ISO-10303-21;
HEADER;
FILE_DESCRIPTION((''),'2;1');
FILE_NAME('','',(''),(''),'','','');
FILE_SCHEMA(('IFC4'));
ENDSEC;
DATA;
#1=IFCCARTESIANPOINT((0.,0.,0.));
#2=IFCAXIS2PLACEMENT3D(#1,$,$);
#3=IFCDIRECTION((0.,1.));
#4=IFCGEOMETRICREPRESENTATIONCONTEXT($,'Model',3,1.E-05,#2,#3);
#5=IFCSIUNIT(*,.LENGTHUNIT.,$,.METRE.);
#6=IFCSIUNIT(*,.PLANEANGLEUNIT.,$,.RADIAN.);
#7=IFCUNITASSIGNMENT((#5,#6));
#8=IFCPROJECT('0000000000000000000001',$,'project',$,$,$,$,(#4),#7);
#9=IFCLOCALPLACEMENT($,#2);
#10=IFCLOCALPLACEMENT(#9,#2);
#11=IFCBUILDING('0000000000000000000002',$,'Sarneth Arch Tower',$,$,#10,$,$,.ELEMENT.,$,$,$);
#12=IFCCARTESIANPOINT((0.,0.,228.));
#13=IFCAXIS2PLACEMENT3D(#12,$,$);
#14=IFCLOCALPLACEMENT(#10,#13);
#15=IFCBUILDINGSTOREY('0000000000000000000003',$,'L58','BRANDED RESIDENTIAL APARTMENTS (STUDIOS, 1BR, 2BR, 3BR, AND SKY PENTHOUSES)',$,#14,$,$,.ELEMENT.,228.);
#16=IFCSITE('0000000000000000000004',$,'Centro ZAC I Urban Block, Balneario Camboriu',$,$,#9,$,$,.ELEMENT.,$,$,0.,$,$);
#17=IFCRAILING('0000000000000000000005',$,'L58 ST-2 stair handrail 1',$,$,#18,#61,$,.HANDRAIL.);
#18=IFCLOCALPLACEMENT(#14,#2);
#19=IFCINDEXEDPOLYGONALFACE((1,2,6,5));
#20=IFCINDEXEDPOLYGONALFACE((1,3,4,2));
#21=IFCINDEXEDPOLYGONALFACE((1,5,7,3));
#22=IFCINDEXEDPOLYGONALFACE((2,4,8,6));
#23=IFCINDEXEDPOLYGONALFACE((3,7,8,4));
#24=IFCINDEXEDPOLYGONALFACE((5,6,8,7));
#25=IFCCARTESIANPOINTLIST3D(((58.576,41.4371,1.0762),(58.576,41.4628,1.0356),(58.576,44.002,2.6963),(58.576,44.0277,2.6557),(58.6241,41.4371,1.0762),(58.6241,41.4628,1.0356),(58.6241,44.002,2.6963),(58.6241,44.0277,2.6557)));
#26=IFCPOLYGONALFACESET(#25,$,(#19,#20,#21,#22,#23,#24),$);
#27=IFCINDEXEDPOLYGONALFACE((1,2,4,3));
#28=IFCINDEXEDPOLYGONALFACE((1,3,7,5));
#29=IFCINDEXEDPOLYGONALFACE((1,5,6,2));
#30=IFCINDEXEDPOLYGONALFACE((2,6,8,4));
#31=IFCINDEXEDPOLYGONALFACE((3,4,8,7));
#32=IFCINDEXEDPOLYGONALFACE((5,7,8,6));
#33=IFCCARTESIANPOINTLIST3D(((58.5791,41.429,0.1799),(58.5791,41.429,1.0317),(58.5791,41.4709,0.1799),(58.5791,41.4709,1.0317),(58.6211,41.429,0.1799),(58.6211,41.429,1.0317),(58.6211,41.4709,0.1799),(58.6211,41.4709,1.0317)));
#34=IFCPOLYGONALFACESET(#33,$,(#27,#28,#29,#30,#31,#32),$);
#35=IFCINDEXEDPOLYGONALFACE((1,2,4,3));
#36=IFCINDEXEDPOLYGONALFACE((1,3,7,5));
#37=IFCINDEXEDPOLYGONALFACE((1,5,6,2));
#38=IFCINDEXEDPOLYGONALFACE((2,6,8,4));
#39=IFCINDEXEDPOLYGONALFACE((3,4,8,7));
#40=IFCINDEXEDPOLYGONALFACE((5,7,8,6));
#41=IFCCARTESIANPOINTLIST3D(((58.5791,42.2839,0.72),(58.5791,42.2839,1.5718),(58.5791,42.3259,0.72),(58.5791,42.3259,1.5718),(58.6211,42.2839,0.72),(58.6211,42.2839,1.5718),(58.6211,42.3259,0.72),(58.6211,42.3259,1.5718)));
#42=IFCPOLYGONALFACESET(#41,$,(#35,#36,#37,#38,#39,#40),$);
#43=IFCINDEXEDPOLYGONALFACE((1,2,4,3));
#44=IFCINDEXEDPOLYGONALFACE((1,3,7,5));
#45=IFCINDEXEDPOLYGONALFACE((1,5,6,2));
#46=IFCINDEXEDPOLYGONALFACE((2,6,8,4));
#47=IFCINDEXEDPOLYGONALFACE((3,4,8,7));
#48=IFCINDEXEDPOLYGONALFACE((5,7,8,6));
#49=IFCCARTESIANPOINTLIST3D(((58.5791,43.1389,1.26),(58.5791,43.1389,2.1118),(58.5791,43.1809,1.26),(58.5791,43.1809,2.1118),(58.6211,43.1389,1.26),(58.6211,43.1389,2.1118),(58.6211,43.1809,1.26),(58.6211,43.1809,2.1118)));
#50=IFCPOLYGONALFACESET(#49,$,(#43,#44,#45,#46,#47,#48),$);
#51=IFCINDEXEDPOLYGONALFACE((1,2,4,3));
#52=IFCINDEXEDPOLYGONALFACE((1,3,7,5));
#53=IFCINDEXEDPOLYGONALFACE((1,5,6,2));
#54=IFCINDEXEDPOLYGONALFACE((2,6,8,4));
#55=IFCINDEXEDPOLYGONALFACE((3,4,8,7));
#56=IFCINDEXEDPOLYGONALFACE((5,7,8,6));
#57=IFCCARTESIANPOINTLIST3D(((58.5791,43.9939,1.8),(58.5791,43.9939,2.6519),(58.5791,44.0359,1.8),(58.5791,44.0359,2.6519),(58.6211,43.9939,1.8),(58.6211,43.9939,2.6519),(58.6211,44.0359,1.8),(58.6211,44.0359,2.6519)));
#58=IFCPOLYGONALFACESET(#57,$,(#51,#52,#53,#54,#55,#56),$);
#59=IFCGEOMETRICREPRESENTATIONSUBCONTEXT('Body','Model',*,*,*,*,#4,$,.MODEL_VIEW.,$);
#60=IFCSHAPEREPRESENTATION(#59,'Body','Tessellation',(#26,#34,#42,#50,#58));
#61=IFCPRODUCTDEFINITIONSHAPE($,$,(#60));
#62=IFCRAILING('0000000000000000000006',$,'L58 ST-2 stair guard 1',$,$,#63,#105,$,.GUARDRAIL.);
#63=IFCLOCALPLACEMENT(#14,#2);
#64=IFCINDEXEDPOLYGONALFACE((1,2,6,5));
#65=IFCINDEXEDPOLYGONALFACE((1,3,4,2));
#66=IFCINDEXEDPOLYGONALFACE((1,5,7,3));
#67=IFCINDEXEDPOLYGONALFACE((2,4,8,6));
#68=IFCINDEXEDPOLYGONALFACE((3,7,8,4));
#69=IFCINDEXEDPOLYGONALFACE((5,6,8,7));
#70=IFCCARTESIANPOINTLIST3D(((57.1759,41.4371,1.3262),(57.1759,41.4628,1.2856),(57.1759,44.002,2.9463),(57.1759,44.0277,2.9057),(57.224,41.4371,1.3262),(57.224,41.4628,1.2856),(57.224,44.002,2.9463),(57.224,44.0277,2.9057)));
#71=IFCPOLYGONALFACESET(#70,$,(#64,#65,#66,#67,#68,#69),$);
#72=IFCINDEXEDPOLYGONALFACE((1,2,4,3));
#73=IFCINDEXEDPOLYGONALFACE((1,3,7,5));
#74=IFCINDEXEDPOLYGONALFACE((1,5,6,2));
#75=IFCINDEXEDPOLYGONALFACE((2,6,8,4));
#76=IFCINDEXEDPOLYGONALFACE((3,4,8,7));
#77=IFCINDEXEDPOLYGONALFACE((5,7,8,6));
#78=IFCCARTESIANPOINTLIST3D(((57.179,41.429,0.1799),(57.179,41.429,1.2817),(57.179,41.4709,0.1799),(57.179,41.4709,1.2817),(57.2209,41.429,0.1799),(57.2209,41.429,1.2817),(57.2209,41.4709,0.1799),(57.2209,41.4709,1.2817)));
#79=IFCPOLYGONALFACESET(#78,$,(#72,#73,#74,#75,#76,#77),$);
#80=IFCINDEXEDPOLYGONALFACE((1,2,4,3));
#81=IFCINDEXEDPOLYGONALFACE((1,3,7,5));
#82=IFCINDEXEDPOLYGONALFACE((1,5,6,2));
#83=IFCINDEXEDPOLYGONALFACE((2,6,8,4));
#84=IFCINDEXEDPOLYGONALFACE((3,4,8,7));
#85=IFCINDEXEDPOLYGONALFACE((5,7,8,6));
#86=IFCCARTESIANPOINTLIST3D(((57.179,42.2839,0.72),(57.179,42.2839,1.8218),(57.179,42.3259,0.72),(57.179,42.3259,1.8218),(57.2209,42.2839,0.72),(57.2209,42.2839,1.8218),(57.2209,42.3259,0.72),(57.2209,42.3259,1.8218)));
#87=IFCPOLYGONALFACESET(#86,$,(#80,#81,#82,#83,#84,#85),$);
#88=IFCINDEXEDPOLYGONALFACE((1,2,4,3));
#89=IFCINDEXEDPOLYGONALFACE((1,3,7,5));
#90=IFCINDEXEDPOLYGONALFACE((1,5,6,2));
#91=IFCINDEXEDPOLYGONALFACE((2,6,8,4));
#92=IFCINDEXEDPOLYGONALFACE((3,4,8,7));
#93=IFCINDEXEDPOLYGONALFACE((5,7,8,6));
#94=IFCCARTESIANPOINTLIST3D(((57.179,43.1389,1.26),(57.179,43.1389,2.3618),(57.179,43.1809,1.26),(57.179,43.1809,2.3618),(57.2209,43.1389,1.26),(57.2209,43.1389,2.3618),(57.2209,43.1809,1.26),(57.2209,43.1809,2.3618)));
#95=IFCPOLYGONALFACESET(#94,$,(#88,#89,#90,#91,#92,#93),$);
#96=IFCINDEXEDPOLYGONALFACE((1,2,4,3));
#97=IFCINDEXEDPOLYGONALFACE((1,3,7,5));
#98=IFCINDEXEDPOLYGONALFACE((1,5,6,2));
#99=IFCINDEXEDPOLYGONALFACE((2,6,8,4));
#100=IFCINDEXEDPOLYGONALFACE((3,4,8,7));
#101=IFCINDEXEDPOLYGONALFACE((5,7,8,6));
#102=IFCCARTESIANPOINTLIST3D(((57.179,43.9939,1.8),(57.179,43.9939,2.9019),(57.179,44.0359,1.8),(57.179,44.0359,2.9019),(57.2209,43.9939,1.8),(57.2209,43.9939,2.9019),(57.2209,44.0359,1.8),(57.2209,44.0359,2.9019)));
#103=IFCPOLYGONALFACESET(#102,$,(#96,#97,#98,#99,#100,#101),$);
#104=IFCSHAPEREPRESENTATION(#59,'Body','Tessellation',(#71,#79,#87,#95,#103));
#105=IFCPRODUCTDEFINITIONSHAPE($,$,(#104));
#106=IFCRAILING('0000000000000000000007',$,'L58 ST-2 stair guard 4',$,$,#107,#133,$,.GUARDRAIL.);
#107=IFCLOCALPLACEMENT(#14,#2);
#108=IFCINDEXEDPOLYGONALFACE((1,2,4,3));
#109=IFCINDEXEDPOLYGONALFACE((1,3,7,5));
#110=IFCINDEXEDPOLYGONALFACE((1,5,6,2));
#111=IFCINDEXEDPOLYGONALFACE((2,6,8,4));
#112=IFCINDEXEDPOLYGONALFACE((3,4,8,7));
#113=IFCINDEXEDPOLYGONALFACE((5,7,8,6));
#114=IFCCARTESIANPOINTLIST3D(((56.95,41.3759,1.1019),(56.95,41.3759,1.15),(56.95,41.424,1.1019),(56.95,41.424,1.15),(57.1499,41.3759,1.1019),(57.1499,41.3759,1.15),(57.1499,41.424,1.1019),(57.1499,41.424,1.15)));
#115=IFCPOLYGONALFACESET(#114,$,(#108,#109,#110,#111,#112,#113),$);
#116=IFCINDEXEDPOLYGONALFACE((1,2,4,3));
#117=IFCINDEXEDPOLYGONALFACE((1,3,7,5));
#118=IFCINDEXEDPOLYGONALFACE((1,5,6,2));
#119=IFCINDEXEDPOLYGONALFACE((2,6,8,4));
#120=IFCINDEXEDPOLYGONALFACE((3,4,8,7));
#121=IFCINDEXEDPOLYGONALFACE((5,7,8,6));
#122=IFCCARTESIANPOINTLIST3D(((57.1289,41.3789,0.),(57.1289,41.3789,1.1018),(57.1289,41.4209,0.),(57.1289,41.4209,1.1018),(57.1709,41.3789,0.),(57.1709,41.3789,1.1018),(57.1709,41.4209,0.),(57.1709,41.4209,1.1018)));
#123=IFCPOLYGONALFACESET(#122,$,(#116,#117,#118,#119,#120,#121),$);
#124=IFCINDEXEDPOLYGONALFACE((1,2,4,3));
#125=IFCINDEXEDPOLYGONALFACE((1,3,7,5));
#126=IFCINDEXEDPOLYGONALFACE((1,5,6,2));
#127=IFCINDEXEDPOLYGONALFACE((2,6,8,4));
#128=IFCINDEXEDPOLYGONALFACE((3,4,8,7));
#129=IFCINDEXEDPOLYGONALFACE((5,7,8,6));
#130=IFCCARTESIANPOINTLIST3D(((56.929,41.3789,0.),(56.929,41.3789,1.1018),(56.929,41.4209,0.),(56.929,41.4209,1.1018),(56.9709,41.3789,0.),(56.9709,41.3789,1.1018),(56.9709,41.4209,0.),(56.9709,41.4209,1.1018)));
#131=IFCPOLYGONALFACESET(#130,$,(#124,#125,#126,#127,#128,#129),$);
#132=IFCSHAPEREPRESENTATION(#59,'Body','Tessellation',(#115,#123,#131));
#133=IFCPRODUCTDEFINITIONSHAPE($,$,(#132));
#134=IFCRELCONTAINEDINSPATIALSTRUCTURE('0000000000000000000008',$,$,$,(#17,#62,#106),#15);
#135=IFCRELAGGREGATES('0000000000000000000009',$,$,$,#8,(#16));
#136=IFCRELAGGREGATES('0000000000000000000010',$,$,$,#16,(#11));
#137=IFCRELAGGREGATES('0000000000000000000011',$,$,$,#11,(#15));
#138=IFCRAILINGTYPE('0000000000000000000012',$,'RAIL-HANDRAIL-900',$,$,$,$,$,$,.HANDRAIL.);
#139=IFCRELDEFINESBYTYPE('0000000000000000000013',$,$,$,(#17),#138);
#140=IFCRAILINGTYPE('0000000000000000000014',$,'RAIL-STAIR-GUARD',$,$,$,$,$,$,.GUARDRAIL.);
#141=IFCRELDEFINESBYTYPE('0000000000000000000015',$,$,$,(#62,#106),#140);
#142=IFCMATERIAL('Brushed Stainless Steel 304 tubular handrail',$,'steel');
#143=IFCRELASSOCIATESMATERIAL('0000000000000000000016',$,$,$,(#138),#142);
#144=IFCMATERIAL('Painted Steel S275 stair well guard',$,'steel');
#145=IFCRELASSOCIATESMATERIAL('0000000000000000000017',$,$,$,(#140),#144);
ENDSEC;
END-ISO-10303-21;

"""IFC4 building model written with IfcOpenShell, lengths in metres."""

from ifc_helpers import new_model, si_unit, direction, frame, origin, origin_2d, place, context, subcontext, project, spatial, rectangle, extrude, material, type_object, element, save


model = new_model("IFC4")

# Units and contexts
model_context = context("Model", 3, precision=1e-05, world=origin(), true_north=direction((0.0, 1.0)))
body_context = subcontext(model_context, "Body", "Model", "MODEL_VIEW")
ifc_project = project(units=[si_unit("LENGTHUNIT", "METRE"), si_unit("PLANEANGLEUNIT", "RADIAN")], contexts=[model_context])

# Site, building, storey
site_placement = place(None, origin())
site = spatial("IfcSite", under=ifc_project, at=site_placement, Name="Centro ZAC I Urban Block, Balneario Camboriu", CompositionType="ELEMENT", RefElevation=0.0)
building_placement = place(site_placement, origin())
building = spatial("IfcBuilding", under=site, at=building_placement, Name="Sarneth Arch Tower", CompositionType="ELEMENT")
storey_placement = place(building_placement, frame((0.0, 0.0, 228.0)))
storey = spatial("IfcBuildingStorey", under=building, at=storey_placement, Name="L58", Description="BRANDED RESIDENTIAL APARTMENTS (STUDIOS, 1BR, 2BR, 3BR, AND SKY PENTHOUSES)", CompositionType="ELEMENT", Elevation=228.0)

# Railings
ifc_material_1 = material(Name="Brushed Stainless Steel 304 tubular handrail", Category="steel")
railing_type_1 = type_object("IfcRailingType", Name="RAIL-HANDRAIL-900", PredefinedType="HANDRAIL", material=ifc_material_1)
railing_1_placement = place(storey_placement, frame((58.6001, 41.45, 0.1799)))
element("IfcRailing", 1, at=railing_1_placement, inside=storey, type_object=railing_type_1, Name="L58 ST-2 stair handrail 1", PredefinedType="HANDRAIL", context=body_context, shape_type="SweptSolid", body=[
    extrude(rectangle(XDim=0.0481, YDim=0.0481, at=origin_2d()), frame((0.0, 0.0, 0.876), z_axis=(0.0, 0.845466, 0.534029), x_axis=(-1.0, 0.0, 0.0)), (0.0, 0.0, 1.0), 3.0337),
    extrude(rectangle(XDim=0.042, YDim=0.042, at=origin_2d()), origin(), (0.0, 0.0, 1.0), 0.8518),
    extrude(rectangle(XDim=0.042, YDim=0.042, at=origin_2d()), frame((0.0, 0.855, 0.54)), (0.0, 0.0, 1.0), 0.8518),
    extrude(rectangle(XDim=0.042, YDim=0.042, at=origin_2d()), frame((0.0, 1.71, 1.0801)), (0.0, 0.0, 1.0), 0.8518),
    extrude(rectangle(XDim=0.042, YDim=0.042, at=origin_2d()), frame((0.0, 2.5649, 1.6201)), (0.0, 0.0, 1.0), 0.8518),
])
ifc_material_2 = material(Name="Painted Steel S275 stair well guard", Category="steel")
railing_type_2 = type_object("IfcRailingType", Name="RAIL-STAIR-GUARD", PredefinedType="GUARDRAIL", material=ifc_material_2)
railing_2_placement = place(storey_placement, frame((57.2, 41.45, 0.1799)))
element("IfcRailing", 2, at=railing_2_placement, inside=storey, type_object=railing_type_2, Name="L58 ST-2 stair guard 1", PredefinedType="GUARDRAIL", context=body_context, shape_type="SweptSolid", body=[
    extrude(rectangle(XDim=0.0481, YDim=0.0481, at=origin_2d()), frame((0.0, 0.0, 1.126), z_axis=(0.0, 0.845466, 0.534029), x_axis=(-1.0, 0.0, 0.0)), (0.0, 0.0, 1.0), 3.0337),
    extrude(rectangle(XDim=0.042, YDim=0.042, at=origin_2d()), origin(), (0.0, 0.0, 1.0), 1.1018),
    extrude(rectangle(XDim=0.042, YDim=0.042, at=origin_2d()), frame((0.0, 0.855, 0.54)), (0.0, 0.0, 1.0), 1.1018),
    extrude(rectangle(XDim=0.042, YDim=0.042, at=origin_2d()), frame((0.0, 1.71, 1.0801)), (0.0, 0.0, 1.0), 1.1018),
    extrude(rectangle(XDim=0.042, YDim=0.042, at=origin_2d()), frame((0.0, 2.5649, 1.6201)), (0.0, 0.0, 1.0), 1.1018),
])
railing_3_placement = place(storey_placement, frame((57.1499, 41.3999, 0.0)))
element("IfcRailing", 3, at=railing_3_placement, inside=storey, type_object=railing_type_2, Name="L58 ST-2 stair guard 4", PredefinedType="GUARDRAIL", context=body_context, shape_type="SweptSolid", body=[
    extrude(rectangle(XDim=0.0481, YDim=0.0481, at=origin_2d()), frame((0.0, 0.0, 1.126), z_axis=(-1.0, 0.0, 0.0), x_axis=(0.0, -1.0, 0.0)), (0.0, 0.0, 1.0), 0.2),
    extrude(rectangle(XDim=0.042, YDim=0.042, at=origin_2d()), origin(), (0.0, 0.0, 1.0), 1.1018),
    extrude(rectangle(XDim=0.042, YDim=0.042, at=origin_2d()), frame((-0.2, 0.0, 0.0)), (0.0, 0.0, 1.0), 1.1018),
])

save(model, "model.ifc")
